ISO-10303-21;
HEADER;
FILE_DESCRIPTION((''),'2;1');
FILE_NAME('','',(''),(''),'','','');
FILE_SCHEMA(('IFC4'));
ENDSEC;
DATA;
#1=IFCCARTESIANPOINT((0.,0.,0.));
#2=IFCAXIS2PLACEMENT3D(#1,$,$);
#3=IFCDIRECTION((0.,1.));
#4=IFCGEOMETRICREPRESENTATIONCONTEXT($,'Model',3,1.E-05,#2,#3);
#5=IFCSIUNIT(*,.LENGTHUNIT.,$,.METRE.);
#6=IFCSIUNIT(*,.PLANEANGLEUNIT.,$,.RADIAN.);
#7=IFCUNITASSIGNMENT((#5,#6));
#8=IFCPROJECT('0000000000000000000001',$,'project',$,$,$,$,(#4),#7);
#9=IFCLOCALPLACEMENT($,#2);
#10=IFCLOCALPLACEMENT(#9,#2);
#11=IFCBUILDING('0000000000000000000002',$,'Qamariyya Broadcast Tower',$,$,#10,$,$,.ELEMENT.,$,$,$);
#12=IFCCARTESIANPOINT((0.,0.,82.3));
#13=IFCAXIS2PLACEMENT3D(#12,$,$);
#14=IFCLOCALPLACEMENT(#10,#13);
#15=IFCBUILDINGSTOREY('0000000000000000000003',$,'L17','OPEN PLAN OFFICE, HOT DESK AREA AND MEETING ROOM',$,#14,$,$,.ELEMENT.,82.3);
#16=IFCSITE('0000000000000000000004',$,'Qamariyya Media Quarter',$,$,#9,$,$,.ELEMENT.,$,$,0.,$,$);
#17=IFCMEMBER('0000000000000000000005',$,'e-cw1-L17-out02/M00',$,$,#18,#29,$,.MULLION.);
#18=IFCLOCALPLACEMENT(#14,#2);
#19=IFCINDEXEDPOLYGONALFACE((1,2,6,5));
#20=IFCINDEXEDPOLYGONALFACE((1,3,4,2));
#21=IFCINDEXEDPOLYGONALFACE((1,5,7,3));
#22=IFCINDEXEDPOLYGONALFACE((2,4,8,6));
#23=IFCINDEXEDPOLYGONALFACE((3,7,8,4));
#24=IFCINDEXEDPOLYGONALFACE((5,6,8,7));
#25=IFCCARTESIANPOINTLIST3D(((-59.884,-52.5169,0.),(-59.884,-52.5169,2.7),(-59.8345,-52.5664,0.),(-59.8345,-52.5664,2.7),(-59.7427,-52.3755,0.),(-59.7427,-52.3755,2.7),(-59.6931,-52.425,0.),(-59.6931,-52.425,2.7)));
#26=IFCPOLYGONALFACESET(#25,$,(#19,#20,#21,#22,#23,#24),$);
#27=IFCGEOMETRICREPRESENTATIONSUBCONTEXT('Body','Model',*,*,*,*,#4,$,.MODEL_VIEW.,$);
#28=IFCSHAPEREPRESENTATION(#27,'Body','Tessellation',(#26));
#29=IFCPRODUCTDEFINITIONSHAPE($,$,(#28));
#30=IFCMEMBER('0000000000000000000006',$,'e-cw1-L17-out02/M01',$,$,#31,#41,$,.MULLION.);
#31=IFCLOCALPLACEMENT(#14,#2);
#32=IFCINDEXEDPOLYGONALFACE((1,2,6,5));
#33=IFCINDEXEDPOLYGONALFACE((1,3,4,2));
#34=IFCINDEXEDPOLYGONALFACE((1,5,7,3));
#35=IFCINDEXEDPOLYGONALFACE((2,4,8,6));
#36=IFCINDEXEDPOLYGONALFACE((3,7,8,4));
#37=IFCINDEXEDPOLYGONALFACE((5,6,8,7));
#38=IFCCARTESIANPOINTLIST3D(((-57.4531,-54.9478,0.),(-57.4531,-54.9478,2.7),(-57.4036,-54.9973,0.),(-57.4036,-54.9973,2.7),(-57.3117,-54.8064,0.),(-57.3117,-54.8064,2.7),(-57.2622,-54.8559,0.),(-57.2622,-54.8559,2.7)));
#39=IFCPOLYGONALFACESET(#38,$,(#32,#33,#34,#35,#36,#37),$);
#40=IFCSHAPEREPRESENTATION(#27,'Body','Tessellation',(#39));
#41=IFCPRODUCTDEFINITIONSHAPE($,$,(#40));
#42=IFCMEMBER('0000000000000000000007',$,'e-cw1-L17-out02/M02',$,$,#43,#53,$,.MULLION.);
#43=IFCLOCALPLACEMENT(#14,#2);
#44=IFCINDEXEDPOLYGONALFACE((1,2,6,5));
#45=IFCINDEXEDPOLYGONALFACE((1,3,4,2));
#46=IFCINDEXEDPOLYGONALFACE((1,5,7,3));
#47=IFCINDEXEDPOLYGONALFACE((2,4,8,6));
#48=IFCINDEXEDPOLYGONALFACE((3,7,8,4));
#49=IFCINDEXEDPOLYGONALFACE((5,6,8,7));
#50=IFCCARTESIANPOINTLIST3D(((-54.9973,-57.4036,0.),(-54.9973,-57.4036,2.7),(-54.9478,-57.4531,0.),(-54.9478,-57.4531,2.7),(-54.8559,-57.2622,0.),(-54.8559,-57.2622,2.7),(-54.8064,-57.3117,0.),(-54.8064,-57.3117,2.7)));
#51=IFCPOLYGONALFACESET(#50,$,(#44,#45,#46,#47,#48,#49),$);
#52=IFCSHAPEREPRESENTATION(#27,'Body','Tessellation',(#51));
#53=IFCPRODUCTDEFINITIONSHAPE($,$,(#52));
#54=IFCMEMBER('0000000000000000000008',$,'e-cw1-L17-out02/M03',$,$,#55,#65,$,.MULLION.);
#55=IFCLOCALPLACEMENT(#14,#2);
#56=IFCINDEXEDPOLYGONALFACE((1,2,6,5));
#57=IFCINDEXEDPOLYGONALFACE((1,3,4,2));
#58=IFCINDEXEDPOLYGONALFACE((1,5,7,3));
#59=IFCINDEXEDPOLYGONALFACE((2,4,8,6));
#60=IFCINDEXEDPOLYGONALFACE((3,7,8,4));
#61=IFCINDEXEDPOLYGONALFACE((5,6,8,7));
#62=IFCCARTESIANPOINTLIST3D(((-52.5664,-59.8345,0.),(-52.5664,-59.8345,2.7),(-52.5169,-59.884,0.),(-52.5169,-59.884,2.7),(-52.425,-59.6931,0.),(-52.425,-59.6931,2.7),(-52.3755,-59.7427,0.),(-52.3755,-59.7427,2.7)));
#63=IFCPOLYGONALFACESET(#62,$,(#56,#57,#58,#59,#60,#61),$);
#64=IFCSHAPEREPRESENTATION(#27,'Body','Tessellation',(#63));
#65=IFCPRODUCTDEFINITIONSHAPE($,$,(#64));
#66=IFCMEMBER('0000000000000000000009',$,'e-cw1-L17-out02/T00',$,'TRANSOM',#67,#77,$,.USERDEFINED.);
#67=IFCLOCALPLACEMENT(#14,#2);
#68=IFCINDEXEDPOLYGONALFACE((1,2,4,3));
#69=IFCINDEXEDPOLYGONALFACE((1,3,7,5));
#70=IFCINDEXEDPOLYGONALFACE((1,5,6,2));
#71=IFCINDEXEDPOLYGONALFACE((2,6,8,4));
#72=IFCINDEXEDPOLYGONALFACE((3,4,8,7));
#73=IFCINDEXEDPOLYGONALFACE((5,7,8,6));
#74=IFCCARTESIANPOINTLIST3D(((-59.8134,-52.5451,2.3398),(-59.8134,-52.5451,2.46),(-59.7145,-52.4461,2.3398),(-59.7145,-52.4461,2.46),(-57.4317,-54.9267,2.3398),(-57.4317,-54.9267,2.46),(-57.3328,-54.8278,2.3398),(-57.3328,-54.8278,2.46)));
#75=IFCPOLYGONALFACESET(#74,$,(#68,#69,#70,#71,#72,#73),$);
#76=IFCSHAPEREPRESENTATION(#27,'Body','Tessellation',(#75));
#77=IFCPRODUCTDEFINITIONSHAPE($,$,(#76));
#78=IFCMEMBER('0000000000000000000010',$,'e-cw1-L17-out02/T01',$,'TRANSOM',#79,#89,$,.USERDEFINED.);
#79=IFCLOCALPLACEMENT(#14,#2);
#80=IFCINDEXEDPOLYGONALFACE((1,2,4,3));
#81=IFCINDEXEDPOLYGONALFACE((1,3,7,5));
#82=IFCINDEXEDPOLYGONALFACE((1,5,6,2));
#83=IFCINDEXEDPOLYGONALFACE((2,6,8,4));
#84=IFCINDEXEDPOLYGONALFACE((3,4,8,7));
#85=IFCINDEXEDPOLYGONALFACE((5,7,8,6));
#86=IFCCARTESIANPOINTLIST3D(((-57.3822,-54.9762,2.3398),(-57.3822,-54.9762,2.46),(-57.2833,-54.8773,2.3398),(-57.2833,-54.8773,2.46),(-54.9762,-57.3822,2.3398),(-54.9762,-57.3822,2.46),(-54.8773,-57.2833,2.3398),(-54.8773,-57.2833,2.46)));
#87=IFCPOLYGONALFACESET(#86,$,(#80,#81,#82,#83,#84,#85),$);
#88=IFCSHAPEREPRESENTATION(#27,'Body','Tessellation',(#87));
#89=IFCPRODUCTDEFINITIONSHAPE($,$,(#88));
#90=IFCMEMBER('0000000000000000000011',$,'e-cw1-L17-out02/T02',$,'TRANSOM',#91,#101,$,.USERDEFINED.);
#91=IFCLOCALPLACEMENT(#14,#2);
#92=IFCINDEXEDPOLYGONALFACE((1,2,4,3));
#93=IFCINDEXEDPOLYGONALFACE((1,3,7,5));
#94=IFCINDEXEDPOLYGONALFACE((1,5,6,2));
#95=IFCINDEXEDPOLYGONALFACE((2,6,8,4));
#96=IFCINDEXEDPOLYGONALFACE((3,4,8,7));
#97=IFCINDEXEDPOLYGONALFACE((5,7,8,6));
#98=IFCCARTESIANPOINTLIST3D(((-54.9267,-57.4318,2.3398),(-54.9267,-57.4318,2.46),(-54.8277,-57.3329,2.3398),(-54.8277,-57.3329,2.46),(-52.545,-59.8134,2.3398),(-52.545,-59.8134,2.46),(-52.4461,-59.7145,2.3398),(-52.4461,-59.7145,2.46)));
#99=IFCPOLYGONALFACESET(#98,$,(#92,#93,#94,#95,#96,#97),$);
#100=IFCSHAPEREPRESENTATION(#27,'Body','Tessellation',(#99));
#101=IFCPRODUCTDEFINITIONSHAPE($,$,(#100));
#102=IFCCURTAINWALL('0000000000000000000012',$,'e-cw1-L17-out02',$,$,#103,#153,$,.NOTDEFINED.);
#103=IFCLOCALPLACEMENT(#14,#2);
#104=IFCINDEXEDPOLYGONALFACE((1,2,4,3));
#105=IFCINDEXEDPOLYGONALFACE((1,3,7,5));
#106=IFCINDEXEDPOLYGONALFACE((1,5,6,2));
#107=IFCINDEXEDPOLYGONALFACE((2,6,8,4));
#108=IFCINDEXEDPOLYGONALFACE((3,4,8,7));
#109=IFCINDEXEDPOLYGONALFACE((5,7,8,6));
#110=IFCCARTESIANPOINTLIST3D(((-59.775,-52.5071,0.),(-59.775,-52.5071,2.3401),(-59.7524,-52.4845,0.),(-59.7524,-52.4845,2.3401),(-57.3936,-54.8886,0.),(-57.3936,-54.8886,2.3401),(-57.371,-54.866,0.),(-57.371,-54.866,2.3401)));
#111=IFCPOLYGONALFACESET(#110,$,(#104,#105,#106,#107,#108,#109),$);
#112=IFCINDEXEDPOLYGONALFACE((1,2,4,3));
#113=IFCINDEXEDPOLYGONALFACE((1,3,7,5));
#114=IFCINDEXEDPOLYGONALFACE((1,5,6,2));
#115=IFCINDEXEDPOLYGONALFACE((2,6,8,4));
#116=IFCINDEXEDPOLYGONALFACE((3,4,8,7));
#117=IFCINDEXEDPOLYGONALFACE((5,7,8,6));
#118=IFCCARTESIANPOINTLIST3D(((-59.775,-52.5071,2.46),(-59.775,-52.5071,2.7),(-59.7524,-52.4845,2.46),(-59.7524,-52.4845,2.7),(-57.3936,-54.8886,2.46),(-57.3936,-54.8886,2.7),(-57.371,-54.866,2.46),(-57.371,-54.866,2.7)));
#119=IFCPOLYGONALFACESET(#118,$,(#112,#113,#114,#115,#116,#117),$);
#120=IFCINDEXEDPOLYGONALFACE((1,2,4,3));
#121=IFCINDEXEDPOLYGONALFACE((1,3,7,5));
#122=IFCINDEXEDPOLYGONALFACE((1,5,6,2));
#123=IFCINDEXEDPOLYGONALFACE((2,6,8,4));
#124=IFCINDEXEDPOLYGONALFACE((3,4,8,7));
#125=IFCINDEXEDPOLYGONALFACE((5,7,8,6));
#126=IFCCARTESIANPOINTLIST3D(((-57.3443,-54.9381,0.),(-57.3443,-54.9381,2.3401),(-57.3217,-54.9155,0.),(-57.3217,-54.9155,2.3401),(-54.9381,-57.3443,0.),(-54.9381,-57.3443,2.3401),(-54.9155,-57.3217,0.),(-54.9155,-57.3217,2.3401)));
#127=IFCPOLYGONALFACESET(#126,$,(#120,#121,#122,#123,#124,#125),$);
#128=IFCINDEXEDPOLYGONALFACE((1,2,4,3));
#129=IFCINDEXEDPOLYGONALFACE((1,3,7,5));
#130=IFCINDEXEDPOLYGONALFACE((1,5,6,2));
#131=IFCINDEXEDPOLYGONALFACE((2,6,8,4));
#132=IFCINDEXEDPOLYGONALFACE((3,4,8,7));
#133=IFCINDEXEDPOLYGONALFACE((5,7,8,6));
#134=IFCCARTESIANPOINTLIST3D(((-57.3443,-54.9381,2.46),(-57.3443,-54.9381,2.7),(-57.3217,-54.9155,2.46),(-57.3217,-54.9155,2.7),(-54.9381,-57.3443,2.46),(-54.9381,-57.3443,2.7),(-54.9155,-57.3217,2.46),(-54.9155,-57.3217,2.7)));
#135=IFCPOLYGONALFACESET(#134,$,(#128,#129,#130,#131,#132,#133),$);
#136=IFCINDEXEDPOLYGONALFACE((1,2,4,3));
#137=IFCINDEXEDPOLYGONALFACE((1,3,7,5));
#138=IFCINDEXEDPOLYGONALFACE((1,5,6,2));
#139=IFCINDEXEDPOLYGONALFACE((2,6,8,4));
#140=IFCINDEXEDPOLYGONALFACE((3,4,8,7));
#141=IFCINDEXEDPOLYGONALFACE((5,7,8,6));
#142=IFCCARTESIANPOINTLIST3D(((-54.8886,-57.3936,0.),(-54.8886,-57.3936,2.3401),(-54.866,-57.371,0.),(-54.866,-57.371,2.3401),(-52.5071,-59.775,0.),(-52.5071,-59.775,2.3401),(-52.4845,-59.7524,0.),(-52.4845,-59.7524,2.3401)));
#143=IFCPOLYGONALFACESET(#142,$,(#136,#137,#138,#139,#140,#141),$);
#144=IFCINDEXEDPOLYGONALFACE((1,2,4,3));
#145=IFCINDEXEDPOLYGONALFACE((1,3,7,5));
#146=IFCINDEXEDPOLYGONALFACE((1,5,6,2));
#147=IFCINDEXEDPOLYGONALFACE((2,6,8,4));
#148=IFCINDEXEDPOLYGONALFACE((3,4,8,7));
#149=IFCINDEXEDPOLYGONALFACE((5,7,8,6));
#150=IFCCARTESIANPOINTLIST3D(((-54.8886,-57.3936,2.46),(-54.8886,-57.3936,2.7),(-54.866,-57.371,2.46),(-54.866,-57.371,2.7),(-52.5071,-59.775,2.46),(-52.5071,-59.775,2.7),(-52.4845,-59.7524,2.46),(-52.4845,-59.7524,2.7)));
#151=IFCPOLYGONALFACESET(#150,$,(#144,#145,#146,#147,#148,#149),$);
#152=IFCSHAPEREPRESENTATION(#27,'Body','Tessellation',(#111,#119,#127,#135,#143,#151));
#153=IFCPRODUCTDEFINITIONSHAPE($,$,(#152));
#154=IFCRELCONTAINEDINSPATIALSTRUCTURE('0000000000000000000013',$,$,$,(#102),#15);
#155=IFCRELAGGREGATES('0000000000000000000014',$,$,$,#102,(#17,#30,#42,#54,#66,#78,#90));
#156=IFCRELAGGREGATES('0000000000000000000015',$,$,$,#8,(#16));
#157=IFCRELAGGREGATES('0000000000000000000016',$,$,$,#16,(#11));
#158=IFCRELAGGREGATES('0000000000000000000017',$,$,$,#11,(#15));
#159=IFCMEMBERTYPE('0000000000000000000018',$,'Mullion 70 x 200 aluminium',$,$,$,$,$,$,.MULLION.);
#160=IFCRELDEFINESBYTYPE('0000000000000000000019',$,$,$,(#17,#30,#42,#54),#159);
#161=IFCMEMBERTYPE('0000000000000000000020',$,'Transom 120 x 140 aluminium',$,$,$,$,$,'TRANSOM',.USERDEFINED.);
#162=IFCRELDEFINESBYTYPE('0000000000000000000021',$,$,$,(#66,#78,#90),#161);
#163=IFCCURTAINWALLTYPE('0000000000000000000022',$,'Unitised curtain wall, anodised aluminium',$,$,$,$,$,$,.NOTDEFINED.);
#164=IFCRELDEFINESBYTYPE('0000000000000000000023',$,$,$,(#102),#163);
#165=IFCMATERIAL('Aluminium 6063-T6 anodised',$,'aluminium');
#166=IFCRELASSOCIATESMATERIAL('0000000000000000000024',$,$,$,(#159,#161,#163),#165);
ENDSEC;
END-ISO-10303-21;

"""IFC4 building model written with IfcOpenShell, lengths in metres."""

from ifc_helpers import new_model, si_unit, direction, frame, origin, origin_2d, place, context, subcontext, project, spatial, rectangle, extrude, material, material_profile, profile_set, type_object, element, aggregate, save


model = new_model("IFC4")

# Units and contexts
model_context = context("Model", 3, precision=1e-05, world=origin(), true_north=direction((0.0, 1.0)))
body_context = subcontext(model_context, "Body", "Model", "MODEL_VIEW")
ifc_project = project(units=[si_unit("LENGTHUNIT", "METRE"), si_unit("PLANEANGLEUNIT", "RADIAN")], contexts=[model_context])

# Members
ifc_material_1 = material(Name="Aluminium 6063-T6 anodised", Category="aluminium")
ifc_material_profile_1 = material_profile(ifc_material_1, rectangle(XDim=0.2, YDim=0.0701, at=origin_2d()))
ifc_profile_set_1 = profile_set([ifc_material_profile_1], Name="Aluminium 6063-T6 anodised")
member_type_1 = type_object("IfcMemberType", Name="Mullion 70 x 200 aluminium", PredefinedType="MULLION", material=ifc_profile_set_1)
site_placement = place(None, origin())
building_placement = place(site_placement, origin())
storey_placement = place(building_placement, frame((0.0, 0.0, 82.3)))
member_1_placement = place(storey_placement, frame((-59.7886, -52.4709, 0.0), z_axis=(0.0, 0.0, 1.0), x_axis=(0.707107, 0.707107, 0.0)))
member_1 = element("IfcMember", 1, at=member_1_placement, type_object=member_type_1, Name="e-cw1-L17-out02/M00", PredefinedType="MULLION", context=body_context, shape_type="SweptSolid", body=[
    extrude(rectangle(XDim=0.2, YDim=0.0701, at=origin_2d()), origin(), (0.0, 0.0, 1.0), 2.7),
])
member_2_placement = place(storey_placement, frame((-57.3577, -54.9019, 0.0), z_axis=(0.0, 0.0, 1.0), x_axis=(0.707107, 0.707107, 0.0)))
member_2 = element("IfcMember", 2, at=member_2_placement, type_object=member_type_1, Name="e-cw1-L17-out02/M01", PredefinedType="MULLION", context=body_context, shape_type="SweptSolid", body=[
    extrude(rectangle(XDim=0.2, YDim=0.0701, at=origin_2d()), origin(), (0.0, 0.0, 1.0), 2.7),
])
member_3_placement = place(storey_placement, frame((-54.9019, -57.3577, 0.0), z_axis=(0.0, 0.0, 1.0), x_axis=(0.707107, 0.707107, 0.0)))
member_3 = element("IfcMember", 3, at=member_3_placement, type_object=member_type_1, Name="e-cw1-L17-out02/M02", PredefinedType="MULLION", context=body_context, shape_type="SweptSolid", body=[
    extrude(rectangle(XDim=0.2, YDim=0.0701, at=origin_2d()), origin(), (0.0, 0.0, 1.0), 2.7),
])
member_4_placement = place(storey_placement, frame((-52.4709, -59.7886, 0.0), z_axis=(0.0, 0.0, 1.0), x_axis=(0.707107, 0.707107, 0.0)))
member_4 = element("IfcMember", 4, at=member_4_placement, type_object=member_type_1, Name="e-cw1-L17-out02/M03", PredefinedType="MULLION", context=body_context, shape_type="SweptSolid", body=[
    extrude(rectangle(XDim=0.2, YDim=0.0701, at=origin_2d()), origin(), (0.0, 0.0, 1.0), 2.7),
])
ifc_material_profile_2 = material_profile(ifc_material_1, rectangle(XDim=0.1399, YDim=0.1201, at=origin_2d()))
ifc_profile_set_2 = profile_set([ifc_material_profile_2], Name="Aluminium 6063-T6 anodised")
member_type_2 = type_object("IfcMemberType", Name="Transom 120 x 140 aluminium", ElementType="TRANSOM", PredefinedType="USERDEFINED", material=ifc_profile_set_2)
member_5_placement = place(storey_placement, frame((-59.7639, -52.4956, 2.3999), z_axis=(0.707107, -0.707107, 0.0), x_axis=(0.707107, 0.707107, 0.0)))
member_5 = element("IfcMember", 5, at=member_5_placement, type_object=member_type_2, Name="e-cw1-L17-out02/T00", ObjectType="TRANSOM", PredefinedType="USERDEFINED", context=body_context, shape_type="SweptSolid", body=[
    extrude(rectangle(XDim=0.1399, YDim=0.1201, at=origin_2d()), origin(), (0.0, 0.0, 1.0), 3.3682),
])
member_6_placement = place(storey_placement, frame((-57.3328, -54.9268, 2.3999), z_axis=(0.707107, -0.707107, 0.0), x_axis=(0.707107, 0.707107, 0.0)))
member_6 = element("IfcMember", 6, at=member_6_placement, type_object=member_type_2, Name="e-cw1-L17-out02/T01", ObjectType="TRANSOM", PredefinedType="USERDEFINED", context=body_context, shape_type="SweptSolid", body=[
    extrude(rectangle(XDim=0.1399, YDim=0.1201, at=origin_2d()), origin(), (0.0, 0.0, 1.0), 3.4026),
])
member_7_placement = place(storey_placement, frame((-54.8772, -57.3823, 2.3999), z_axis=(0.707107, -0.707107, 0.0), x_axis=(0.707107, 0.707107, 0.0)))
member_7 = element("IfcMember", 7, at=member_7_placement, type_object=member_type_2, Name="e-cw1-L17-out02/T02", ObjectType="TRANSOM", PredefinedType="USERDEFINED", context=body_context, shape_type="SweptSolid", body=[
    extrude(rectangle(XDim=0.1399, YDim=0.1201, at=origin_2d()), origin(), (0.0, 0.0, 1.0), 3.3682),
])

# Site, building, storey
site = spatial("IfcSite", under=ifc_project, at=site_placement, Name="Qamariyya Media Quarter", CompositionType="ELEMENT", RefElevation=0.0)
building = spatial("IfcBuilding", under=site, at=building_placement, Name="Qamariyya Broadcast Tower", CompositionType="ELEMENT")
storey = spatial("IfcBuildingStorey", under=building, at=storey_placement, Name="L17", Description="OPEN PLAN OFFICE, HOT DESK AREA AND MEETING ROOM", CompositionType="ELEMENT", Elevation=82.3)

# Curtain wall
curtain_wall_type = type_object("IfcCurtainWallType", Name="Unitised curtain wall, anodised aluminium", PredefinedType="NOTDEFINED", material=ifc_material_1)
curtain_wall_1_placement = place(storey_placement, origin())
curtain_wall_1 = element("IfcCurtainWall", 8, at=curtain_wall_1_placement, inside=storey, type_object=curtain_wall_type, Name="e-cw1-L17-out02", PredefinedType="NOTDEFINED", context=body_context, shape_type="SweptSolid", body=[
    extrude(rectangle(XDim=3.3679, YDim=0.032, at=origin_2d()), frame((-58.573, -53.6865, 0.0), x_axis=(0.707107, -0.707107, 0.0)), (0.0, 0.0, 1.0), 2.3401),
    extrude(rectangle(XDim=3.3679, YDim=0.032, at=origin_2d()), frame((-58.573, -53.6865, 2.46), x_axis=(0.707107, -0.707107, 0.0)), (0.0, 0.0, 1.0), 0.24),
    extrude(rectangle(XDim=3.4028, YDim=0.032, at=origin_2d()), frame((-56.1299, -56.1299, 0.0), x_axis=(0.707107, -0.707107, 0.0)), (0.0, 0.0, 1.0), 2.3401),
    extrude(rectangle(XDim=3.4028, YDim=0.032, at=origin_2d()), frame((-56.1299, -56.1299, 2.46), x_axis=(0.707107, -0.707107, 0.0)), (0.0, 0.0, 1.0), 0.24),
    extrude(rectangle(XDim=3.3679, YDim=0.032, at=origin_2d()), frame((-53.6865, -58.573, 0.0), x_axis=(0.707107, -0.707107, 0.0)), (0.0, 0.0, 1.0), 2.3401),
    extrude(rectangle(XDim=3.3679, YDim=0.032, at=origin_2d()), frame((-53.6865, -58.573, 2.46), x_axis=(0.707107, -0.707107, 0.0)), (0.0, 0.0, 1.0), 0.24),
])
aggregate(curtain_wall_1, [member_1, member_2, member_3, member_4, member_5, member_6, member_7])

save(model, "model.ifc")
